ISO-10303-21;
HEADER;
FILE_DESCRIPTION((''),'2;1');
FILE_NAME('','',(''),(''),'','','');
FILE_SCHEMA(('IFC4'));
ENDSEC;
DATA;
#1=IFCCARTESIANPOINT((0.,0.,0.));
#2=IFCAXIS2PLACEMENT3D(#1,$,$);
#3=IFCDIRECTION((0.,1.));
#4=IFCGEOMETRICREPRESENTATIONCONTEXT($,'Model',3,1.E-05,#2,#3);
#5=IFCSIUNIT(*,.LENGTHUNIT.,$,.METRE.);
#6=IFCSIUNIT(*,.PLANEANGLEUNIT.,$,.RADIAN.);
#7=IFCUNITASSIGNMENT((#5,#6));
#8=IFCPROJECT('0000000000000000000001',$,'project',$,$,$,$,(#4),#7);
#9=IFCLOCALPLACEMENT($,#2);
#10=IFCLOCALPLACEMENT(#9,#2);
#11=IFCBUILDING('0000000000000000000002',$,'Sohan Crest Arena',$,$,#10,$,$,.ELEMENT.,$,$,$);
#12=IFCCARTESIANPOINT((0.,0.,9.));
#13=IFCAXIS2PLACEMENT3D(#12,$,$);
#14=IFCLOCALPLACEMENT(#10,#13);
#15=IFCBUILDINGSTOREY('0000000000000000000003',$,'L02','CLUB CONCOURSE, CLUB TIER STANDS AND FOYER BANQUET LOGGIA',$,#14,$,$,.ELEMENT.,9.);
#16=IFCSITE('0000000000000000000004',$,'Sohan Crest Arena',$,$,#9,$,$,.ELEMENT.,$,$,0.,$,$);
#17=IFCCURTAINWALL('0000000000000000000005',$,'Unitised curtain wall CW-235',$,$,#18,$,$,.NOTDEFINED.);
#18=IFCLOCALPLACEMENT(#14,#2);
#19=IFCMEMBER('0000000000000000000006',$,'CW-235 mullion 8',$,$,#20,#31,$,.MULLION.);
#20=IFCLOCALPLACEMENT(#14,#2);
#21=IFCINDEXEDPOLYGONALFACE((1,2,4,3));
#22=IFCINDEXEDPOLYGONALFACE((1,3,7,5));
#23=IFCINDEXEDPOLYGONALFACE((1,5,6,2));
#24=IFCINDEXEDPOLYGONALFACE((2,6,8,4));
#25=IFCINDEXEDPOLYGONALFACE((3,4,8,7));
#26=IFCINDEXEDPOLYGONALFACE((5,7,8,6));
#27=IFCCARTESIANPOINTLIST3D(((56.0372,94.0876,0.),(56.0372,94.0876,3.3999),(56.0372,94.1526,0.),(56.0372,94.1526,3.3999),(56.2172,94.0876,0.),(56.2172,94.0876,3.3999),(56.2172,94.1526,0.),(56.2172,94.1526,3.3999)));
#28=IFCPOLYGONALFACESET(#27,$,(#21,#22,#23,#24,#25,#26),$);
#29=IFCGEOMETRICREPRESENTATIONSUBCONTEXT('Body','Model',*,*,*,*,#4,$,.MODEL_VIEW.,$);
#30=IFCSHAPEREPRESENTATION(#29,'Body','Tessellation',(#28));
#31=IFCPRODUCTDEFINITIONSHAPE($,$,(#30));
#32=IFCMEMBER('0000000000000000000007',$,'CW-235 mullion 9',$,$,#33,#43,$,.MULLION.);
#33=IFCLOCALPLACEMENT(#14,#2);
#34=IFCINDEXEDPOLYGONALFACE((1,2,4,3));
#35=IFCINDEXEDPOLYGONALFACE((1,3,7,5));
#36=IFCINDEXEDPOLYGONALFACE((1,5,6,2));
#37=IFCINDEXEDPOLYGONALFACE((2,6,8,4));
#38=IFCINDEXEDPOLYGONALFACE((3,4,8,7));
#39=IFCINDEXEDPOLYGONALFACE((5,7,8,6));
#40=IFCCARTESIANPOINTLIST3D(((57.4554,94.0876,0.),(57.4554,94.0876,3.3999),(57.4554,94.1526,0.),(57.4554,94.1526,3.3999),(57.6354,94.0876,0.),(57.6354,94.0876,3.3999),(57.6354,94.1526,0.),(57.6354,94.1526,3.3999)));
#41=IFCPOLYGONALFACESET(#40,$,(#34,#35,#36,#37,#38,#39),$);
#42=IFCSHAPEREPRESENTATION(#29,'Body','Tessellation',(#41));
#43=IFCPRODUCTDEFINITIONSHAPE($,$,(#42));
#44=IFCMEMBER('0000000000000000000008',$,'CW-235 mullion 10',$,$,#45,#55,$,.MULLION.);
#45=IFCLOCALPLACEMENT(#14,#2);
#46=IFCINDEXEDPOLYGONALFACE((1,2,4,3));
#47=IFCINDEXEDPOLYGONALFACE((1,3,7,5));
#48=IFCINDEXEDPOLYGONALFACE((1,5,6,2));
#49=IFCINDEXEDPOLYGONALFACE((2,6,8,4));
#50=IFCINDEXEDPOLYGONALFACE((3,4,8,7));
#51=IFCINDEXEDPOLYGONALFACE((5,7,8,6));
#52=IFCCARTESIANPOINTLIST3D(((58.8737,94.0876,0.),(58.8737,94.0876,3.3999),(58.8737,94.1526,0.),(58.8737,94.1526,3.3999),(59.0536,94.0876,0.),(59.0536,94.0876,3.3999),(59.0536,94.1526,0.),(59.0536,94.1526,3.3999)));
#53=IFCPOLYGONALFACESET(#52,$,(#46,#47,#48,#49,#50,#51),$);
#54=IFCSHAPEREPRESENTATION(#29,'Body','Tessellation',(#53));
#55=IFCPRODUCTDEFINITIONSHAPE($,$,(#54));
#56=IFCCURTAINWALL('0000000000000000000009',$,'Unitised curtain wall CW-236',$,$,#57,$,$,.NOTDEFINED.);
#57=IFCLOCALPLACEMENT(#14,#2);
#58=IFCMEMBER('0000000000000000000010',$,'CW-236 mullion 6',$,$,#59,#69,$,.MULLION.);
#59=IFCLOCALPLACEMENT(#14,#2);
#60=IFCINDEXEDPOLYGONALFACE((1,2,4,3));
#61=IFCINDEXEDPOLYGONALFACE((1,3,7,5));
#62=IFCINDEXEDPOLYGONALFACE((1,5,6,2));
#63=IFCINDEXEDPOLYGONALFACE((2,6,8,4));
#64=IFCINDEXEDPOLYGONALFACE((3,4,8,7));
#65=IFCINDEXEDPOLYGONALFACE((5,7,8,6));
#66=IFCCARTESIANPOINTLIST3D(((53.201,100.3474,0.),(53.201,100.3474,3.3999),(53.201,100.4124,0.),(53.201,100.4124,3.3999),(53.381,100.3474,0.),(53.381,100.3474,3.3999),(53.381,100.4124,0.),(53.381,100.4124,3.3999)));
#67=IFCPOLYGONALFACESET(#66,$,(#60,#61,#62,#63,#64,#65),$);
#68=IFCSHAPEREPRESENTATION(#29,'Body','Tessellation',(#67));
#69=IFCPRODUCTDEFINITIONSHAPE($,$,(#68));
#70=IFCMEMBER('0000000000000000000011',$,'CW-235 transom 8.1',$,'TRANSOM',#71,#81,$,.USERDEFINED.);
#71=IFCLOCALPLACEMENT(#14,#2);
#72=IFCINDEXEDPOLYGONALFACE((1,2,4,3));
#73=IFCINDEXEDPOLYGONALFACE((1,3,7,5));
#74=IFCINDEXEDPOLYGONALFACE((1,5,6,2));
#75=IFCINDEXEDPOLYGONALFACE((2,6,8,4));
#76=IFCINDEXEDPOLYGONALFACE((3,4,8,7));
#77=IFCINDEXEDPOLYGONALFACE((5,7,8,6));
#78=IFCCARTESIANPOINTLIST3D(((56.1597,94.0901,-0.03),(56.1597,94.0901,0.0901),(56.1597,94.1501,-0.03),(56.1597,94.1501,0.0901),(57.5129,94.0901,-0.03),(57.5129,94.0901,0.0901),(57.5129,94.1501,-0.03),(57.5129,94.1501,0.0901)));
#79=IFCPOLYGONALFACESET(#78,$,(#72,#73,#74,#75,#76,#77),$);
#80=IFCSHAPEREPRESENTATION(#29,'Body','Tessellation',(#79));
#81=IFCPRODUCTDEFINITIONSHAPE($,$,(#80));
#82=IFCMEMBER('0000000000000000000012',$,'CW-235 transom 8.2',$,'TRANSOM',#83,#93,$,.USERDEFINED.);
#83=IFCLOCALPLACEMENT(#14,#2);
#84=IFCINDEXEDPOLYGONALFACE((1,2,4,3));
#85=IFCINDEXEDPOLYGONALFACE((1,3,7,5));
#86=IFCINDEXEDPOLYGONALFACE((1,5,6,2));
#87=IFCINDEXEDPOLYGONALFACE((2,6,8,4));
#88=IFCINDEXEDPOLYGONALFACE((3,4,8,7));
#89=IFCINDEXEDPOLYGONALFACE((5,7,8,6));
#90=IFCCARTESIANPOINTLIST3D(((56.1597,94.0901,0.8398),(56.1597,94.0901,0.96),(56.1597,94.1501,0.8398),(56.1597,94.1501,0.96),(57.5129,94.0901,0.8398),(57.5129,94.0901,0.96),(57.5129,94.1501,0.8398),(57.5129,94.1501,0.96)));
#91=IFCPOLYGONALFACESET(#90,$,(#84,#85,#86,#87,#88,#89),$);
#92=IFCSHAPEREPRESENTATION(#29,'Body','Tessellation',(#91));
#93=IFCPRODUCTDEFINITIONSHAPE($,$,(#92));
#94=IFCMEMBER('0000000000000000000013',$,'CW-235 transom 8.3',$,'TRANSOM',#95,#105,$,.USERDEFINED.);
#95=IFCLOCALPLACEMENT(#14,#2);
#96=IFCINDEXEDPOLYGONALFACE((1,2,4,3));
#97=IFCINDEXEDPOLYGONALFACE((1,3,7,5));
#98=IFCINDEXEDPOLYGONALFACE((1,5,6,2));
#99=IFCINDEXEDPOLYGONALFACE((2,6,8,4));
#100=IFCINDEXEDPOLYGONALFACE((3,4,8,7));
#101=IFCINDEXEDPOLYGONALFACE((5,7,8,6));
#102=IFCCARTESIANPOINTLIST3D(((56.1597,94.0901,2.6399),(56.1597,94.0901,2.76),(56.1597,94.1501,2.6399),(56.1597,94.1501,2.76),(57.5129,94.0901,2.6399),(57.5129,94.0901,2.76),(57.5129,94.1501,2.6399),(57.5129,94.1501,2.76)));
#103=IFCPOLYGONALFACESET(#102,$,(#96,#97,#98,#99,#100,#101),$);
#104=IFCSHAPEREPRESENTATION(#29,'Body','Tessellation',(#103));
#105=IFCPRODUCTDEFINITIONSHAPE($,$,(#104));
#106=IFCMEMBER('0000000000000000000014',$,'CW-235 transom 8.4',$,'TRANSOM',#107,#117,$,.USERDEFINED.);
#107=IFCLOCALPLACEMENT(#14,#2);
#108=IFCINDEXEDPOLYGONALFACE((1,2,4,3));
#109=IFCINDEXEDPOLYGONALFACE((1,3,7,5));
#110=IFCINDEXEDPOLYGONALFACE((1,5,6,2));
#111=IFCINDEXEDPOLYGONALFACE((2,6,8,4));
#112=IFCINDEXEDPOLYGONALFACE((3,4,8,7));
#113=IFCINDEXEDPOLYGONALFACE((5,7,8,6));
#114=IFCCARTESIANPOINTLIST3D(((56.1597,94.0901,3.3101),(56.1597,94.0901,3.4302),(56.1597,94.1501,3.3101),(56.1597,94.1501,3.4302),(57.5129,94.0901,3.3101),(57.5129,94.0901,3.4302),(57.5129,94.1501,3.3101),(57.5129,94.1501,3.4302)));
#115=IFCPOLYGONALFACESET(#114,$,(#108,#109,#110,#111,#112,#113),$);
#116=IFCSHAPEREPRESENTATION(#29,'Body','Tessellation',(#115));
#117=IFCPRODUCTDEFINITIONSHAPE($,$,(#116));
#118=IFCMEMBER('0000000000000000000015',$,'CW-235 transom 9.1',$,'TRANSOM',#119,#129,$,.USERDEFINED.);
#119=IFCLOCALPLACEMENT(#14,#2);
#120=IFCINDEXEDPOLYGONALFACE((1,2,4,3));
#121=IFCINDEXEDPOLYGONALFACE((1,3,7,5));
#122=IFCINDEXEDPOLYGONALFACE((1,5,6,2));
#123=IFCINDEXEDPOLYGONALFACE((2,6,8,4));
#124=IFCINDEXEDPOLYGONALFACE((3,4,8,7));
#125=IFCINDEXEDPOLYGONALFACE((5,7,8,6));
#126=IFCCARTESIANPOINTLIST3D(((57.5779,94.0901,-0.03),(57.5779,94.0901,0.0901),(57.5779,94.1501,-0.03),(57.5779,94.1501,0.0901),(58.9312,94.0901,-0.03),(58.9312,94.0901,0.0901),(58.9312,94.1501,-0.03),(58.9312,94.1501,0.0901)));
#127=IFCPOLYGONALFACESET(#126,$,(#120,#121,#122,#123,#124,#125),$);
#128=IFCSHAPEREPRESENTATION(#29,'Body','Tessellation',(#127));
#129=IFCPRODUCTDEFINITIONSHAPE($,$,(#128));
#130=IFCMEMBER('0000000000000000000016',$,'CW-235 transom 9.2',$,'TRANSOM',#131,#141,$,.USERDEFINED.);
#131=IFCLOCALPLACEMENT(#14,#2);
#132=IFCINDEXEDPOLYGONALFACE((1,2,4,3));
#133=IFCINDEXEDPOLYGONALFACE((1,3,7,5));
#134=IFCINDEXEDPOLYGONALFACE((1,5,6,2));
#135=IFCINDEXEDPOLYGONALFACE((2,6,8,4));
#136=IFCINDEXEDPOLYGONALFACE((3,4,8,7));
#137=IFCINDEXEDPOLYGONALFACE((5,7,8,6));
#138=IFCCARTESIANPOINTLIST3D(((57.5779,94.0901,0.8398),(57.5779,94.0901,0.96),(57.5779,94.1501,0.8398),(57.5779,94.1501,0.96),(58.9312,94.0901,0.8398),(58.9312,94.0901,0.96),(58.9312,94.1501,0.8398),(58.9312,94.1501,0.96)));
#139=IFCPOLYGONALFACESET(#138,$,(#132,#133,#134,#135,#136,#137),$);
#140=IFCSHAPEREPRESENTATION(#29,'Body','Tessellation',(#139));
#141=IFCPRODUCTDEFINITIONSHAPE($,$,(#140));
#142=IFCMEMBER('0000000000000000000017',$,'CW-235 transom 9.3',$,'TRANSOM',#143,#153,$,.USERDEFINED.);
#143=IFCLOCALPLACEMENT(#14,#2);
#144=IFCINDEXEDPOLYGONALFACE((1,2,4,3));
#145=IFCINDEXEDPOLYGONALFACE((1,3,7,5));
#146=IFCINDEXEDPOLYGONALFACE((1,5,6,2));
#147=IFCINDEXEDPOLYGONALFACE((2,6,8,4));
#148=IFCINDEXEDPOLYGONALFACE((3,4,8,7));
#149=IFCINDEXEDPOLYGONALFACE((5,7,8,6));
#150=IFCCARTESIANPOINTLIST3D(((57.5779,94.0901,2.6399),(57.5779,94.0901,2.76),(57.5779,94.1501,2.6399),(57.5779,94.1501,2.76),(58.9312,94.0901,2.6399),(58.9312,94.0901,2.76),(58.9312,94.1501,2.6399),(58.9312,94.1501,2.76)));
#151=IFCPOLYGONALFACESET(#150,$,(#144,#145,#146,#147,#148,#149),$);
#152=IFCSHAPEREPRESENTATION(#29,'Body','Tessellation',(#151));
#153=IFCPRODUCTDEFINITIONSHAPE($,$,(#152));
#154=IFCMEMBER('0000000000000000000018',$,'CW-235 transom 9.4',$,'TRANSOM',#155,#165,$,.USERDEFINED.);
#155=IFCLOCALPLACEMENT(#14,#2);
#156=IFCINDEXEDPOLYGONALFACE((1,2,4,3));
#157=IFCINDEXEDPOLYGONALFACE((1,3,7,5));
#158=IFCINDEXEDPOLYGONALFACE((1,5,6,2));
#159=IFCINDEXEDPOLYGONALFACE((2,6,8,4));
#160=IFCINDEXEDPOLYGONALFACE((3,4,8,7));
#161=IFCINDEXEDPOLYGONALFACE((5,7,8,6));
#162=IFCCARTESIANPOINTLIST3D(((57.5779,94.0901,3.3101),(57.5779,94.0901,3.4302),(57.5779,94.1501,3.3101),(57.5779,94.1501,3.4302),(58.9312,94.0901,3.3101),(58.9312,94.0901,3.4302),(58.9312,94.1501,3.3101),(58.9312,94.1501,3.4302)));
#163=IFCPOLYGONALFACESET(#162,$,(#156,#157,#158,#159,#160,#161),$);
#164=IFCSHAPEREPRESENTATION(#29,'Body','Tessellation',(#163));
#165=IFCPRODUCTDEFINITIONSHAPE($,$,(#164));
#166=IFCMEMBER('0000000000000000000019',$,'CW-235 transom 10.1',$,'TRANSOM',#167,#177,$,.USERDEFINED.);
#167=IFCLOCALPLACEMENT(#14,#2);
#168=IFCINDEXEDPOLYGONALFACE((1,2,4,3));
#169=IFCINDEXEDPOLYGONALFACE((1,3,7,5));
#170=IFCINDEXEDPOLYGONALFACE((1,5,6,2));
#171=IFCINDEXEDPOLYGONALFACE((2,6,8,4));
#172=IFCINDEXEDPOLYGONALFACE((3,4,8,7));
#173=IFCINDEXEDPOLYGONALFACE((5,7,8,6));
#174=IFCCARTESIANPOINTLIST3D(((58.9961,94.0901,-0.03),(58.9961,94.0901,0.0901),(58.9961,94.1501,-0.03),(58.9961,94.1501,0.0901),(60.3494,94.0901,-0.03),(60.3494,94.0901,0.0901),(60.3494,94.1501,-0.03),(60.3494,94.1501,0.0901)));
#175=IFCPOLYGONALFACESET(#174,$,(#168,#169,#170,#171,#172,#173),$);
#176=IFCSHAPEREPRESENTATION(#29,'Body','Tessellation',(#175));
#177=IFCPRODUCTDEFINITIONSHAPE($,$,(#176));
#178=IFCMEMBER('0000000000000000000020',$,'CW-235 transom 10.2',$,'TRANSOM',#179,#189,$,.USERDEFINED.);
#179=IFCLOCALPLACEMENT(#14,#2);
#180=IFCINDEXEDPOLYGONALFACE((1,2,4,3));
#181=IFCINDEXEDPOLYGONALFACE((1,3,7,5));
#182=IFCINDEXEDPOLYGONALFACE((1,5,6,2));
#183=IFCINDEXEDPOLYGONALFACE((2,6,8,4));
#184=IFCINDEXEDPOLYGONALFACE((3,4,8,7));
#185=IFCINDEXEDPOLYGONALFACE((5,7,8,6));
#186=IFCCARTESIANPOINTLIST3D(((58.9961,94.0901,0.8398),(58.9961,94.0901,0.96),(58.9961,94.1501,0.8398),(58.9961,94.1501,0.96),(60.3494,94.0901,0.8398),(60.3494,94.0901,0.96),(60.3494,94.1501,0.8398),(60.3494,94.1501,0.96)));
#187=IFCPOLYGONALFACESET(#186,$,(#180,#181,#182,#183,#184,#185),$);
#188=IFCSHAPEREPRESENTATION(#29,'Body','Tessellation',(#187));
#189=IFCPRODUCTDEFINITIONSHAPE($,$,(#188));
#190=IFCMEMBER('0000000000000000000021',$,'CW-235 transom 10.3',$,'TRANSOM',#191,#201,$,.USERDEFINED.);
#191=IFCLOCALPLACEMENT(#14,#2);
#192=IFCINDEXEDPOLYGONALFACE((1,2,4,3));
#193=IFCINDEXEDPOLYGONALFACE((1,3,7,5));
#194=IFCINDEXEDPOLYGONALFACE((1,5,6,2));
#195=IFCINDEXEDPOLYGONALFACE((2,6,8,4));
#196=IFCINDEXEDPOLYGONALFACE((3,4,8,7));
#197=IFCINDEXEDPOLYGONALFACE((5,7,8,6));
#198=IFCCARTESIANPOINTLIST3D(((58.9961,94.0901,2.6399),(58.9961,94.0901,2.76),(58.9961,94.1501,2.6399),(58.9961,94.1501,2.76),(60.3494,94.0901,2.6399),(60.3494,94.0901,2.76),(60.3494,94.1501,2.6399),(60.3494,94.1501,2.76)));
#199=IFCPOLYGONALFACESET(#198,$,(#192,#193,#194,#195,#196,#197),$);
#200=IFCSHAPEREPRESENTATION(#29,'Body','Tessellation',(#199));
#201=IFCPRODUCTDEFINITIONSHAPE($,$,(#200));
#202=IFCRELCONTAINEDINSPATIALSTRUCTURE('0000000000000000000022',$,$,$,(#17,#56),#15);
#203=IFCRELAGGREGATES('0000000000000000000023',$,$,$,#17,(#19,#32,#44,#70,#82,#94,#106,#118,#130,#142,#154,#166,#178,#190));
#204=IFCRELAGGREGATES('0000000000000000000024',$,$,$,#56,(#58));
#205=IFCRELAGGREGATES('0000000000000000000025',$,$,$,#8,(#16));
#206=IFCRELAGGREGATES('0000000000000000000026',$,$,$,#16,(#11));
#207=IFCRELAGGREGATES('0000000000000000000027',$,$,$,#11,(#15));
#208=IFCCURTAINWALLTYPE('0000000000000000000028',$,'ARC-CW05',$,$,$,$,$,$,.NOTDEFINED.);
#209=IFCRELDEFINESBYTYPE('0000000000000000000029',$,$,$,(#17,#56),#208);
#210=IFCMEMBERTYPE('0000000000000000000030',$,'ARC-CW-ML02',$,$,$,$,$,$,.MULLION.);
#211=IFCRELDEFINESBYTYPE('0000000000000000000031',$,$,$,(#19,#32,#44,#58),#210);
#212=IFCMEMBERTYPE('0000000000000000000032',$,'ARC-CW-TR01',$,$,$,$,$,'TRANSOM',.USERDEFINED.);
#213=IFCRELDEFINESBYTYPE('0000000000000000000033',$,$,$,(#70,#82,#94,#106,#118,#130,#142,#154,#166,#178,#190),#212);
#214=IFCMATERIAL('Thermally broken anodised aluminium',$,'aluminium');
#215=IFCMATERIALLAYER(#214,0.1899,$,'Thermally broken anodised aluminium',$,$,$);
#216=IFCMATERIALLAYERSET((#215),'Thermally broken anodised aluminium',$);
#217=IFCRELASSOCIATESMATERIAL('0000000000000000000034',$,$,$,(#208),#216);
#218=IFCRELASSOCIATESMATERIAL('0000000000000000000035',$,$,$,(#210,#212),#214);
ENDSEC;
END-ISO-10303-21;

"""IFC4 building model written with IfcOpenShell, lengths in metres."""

from ifc_helpers import new_model, si_unit, direction, frame, origin, origin_2d, place, context, subcontext, project, spatial, rectangle, extrude, material, layer, layer_set, material_profile, profile_set, type_object, element, aggregate, save


model = new_model("IFC4")

# Units and contexts
model_context = context("Model", 3, precision=1e-05, world=origin(), true_north=direction((0.0, 1.0)))
body_context = subcontext(model_context, "Body", "Model", "MODEL_VIEW")
ifc_project = project(units=[si_unit("LENGTHUNIT", "METRE"), si_unit("PLANEANGLEUNIT", "RADIAN")], contexts=[model_context])

# Site, building, storey
site_placement = place(None, origin())
site = spatial("IfcSite", under=ifc_project, at=site_placement, Name="Sohan Crest Arena", CompositionType="ELEMENT", RefElevation=0.0)
building_placement = place(site_placement, origin())
building = spatial("IfcBuilding", under=site, at=building_placement, Name="Sohan Crest Arena", CompositionType="ELEMENT")
storey_placement = place(building_placement, frame((0.0, 0.0, 9.0)))
storey = spatial("IfcBuildingStorey", under=building, at=storey_placement, Name="L02", Description="CLUB CONCOURSE, CLUB TIER STANDS AND FOYER BANQUET LOGGIA", CompositionType="ELEMENT", Elevation=9.0)

# Curtain wall, members
ifc_material_1 = material(Name="Thermally broken anodised aluminium", Category="aluminium")
ifc_layer_1 = layer(ifc_material_1, 0.1899, Name="Thermally broken anodised aluminium")
ifc_layer_set_1 = layer_set([ifc_layer_1], Name="Thermally broken anodised aluminium")
curtain_wall_type = type_object("IfcCurtainWallType", Name="ARC-CW05", PredefinedType="NOTDEFINED", material=ifc_layer_set_1)
curtain_wall_1_placement = place(storey_placement, origin())
curtain_wall_1 = element("IfcCurtainWall", 1, at=curtain_wall_1_placement, inside=storey, type_object=curtain_wall_type, Name="Unitised curtain wall CW-235", PredefinedType="NOTDEFINED")
ifc_material_profile_1 = material_profile(ifc_material_1, rectangle(XDim=0.0649, YDim=0.1799, at=origin_2d()), Name="ALU-MULL 65x180")
ifc_profile_set_1 = profile_set([ifc_material_profile_1], Name="Thermally broken anodised aluminium")
member_type_1 = type_object("IfcMemberType", Name="ARC-CW-ML02", PredefinedType="MULLION", material=ifc_profile_set_1)
member_1_placement = place(storey_placement, frame((56.1272, 94.1201, 0.0), z_axis=(0.0, 0.0, 1.0), x_axis=(0.0, 1.0, 0.0)))
member_1 = element("IfcMember", 2, at=member_1_placement, type_object=member_type_1, Name="CW-235 mullion 8", PredefinedType="MULLION", context=body_context, shape_type="SweptSolid", body=[
    extrude(rectangle(XDim=0.0649, YDim=0.1799, at=origin_2d()), origin(), (0.0, 0.0, 1.0), 3.3999),
])
member_2_placement = place(storey_placement, frame((57.5454, 94.1201, 0.0), z_axis=(0.0, 0.0, 1.0), x_axis=(0.0, 1.0, 0.0)))
member_2 = element("IfcMember", 3, at=member_2_placement, type_object=member_type_1, Name="CW-235 mullion 9", PredefinedType="MULLION", context=body_context, shape_type="SweptSolid", body=[
    extrude(rectangle(XDim=0.0649, YDim=0.1799, at=origin_2d()), origin(), (0.0, 0.0, 1.0), 3.3999),
])
member_3_placement = place(storey_placement, frame((58.9636, 94.1201, 0.0), z_axis=(0.0, 0.0, 1.0), x_axis=(0.0, 1.0, 0.0)))
member_3 = element("IfcMember", 4, at=member_3_placement, type_object=member_type_1, Name="CW-235 mullion 10", PredefinedType="MULLION", context=body_context, shape_type="SweptSolid", body=[
    extrude(rectangle(XDim=0.0649, YDim=0.1799, at=origin_2d()), origin(), (0.0, 0.0, 1.0), 3.3999),
])

# Curtain wall, member
curtain_wall_2_placement = place(storey_placement, origin())
curtain_wall_2 = element("IfcCurtainWall", 5, at=curtain_wall_2_placement, inside=storey, type_object=curtain_wall_type, Name="Unitised curtain wall CW-236", PredefinedType="NOTDEFINED")
member_4_placement = place(storey_placement, frame((53.291, 100.3799, 0.0), z_axis=(0.0, 0.0, 1.0), x_axis=(0.0, 1.0, 0.0)))
member_4 = element("IfcMember", 6, at=member_4_placement, type_object=member_type_1, Name="CW-236 mullion 6", PredefinedType="MULLION", context=body_context, shape_type="SweptSolid", body=[
    extrude(rectangle(XDim=0.0649, YDim=0.1799, at=origin_2d()), origin(), (0.0, 0.0, 1.0), 3.3999),
])

# Members
ifc_material_profile_2 = material_profile(ifc_material_1, rectangle(XDim=0.0601, YDim=0.1201, at=origin_2d()), Name="ALU-TRAN 60x120")
ifc_profile_set_2 = profile_set([ifc_material_profile_2], Name="Thermally broken anodised aluminium")
member_type_2 = type_object("IfcMemberType", Name="ARC-CW-TR01", ElementType="TRANSOM", PredefinedType="USERDEFINED", material=ifc_profile_set_2)
member_5_placement = place(storey_placement, frame((56.1597, 94.1201, 0.03), z_axis=(1.0, 0.0, 0.0), x_axis=(0.0, 1.0, 0.0)))
member_5 = element("IfcMember", 7, at=member_5_placement, type_object=member_type_2, Name="CW-235 transom 8.1", ObjectType="TRANSOM", PredefinedType="USERDEFINED", context=body_context, shape_type="SweptSolid", body=[
    extrude(rectangle(XDim=0.0601, YDim=0.1201, at=origin_2d()), origin(), (0.0, 0.0, 1.0), 1.3533),
])
member_6_placement = place(storey_placement, frame((56.1597, 94.1201, 0.8999), z_axis=(1.0, 0.0, 0.0), x_axis=(0.0, 1.0, 0.0)))
member_6 = element("IfcMember", 8, at=member_6_placement, type_object=member_type_2, Name="CW-235 transom 8.2", ObjectType="TRANSOM", PredefinedType="USERDEFINED", context=body_context, shape_type="SweptSolid", body=[
    extrude(rectangle(XDim=0.0601, YDim=0.1201, at=origin_2d()), origin(), (0.0, 0.0, 1.0), 1.3533),
])
member_7_placement = place(storey_placement, frame((56.1597, 94.1201, 2.7), z_axis=(1.0, 0.0, 0.0), x_axis=(0.0, 1.0, 0.0)))
member_7 = element("IfcMember", 9, at=member_7_placement, type_object=member_type_2, Name="CW-235 transom 8.3", ObjectType="TRANSOM", PredefinedType="USERDEFINED", context=body_context, shape_type="SweptSolid", body=[
    extrude(rectangle(XDim=0.0601, YDim=0.1201, at=origin_2d()), origin(), (0.0, 0.0, 1.0), 1.3533),
])
member_8_placement = place(storey_placement, frame((56.1597, 94.1201, 3.3701), z_axis=(1.0, 0.0, 0.0), x_axis=(0.0, 1.0, 0.0)))
member_8 = element("IfcMember", 10, at=member_8_placement, type_object=member_type_2, Name="CW-235 transom 8.4", ObjectType="TRANSOM", PredefinedType="USERDEFINED", context=body_context, shape_type="SweptSolid", body=[
    extrude(rectangle(XDim=0.0601, YDim=0.1201, at=origin_2d()), origin(), (0.0, 0.0, 1.0), 1.3533),
])
member_9_placement = place(storey_placement, frame((57.5779, 94.1201, 0.03), z_axis=(1.0, 0.0, 0.0), x_axis=(0.0, 1.0, 0.0)))
member_9 = element("IfcMember", 11, at=member_9_placement, type_object=member_type_2, Name="CW-235 transom 9.1", ObjectType="TRANSOM", PredefinedType="USERDEFINED", context=body_context, shape_type="SweptSolid", body=[
    extrude(rectangle(XDim=0.0601, YDim=0.1201, at=origin_2d()), origin(), (0.0, 0.0, 1.0), 1.3533),
])
member_10_placement = place(storey_placement, frame((57.5779, 94.1201, 0.8999), z_axis=(1.0, 0.0, 0.0), x_axis=(0.0, 1.0, 0.0)))
member_10 = element("IfcMember", 12, at=member_10_placement, type_object=member_type_2, Name="CW-235 transom 9.2", ObjectType="TRANSOM", PredefinedType="USERDEFINED", context=body_context, shape_type="SweptSolid", body=[
    extrude(rectangle(XDim=0.0601, YDim=0.1201, at=origin_2d()), origin(), (0.0, 0.0, 1.0), 1.3533),
])
member_11_placement = place(storey_placement, frame((57.5779, 94.1201, 2.7), z_axis=(1.0, 0.0, 0.0), x_axis=(0.0, 1.0, 0.0)))
member_11 = element("IfcMember", 13, at=member_11_placement, type_object=member_type_2, Name="CW-235 transom 9.3", ObjectType="TRANSOM", PredefinedType="USERDEFINED", context=body_context, shape_type="SweptSolid", body=[
    extrude(rectangle(XDim=0.0601, YDim=0.1201, at=origin_2d()), origin(), (0.0, 0.0, 1.0), 1.3533),
])
member_12_placement = place(storey_placement, frame((57.5779, 94.1201, 3.3701), z_axis=(1.0, 0.0, 0.0), x_axis=(0.0, 1.0, 0.0)))
member_12 = element("IfcMember", 14, at=member_12_placement, type_object=member_type_2, Name="CW-235 transom 9.4", ObjectType="TRANSOM", PredefinedType="USERDEFINED", context=body_context, shape_type="SweptSolid", body=[
    extrude(rectangle(XDim=0.0601, YDim=0.1201, at=origin_2d()), origin(), (0.0, 0.0, 1.0), 1.3533),
])
member_13_placement = place(storey_placement, frame((58.9961, 94.1201, 0.03), z_axis=(1.0, 0.0, 0.0), x_axis=(0.0, 1.0, 0.0)))
member_13 = element("IfcMember", 15, at=member_13_placement, type_object=member_type_2, Name="CW-235 transom 10.1", ObjectType="TRANSOM", PredefinedType="USERDEFINED", context=body_context, shape_type="SweptSolid", body=[
    extrude(rectangle(XDim=0.0601, YDim=0.1201, at=origin_2d()), origin(), (0.0, 0.0, 1.0), 1.3533),
])
member_14_placement = place(storey_placement, frame((58.9961, 94.1201, 0.8999), z_axis=(1.0, 0.0, 0.0), x_axis=(0.0, 1.0, 0.0)))
member_14 = element("IfcMember", 16, at=member_14_placement, type_object=member_type_2, Name="CW-235 transom 10.2", ObjectType="TRANSOM", PredefinedType="USERDEFINED", context=body_context, shape_type="SweptSolid", body=[
    extrude(rectangle(XDim=0.0601, YDim=0.1201, at=origin_2d()), origin(), (0.0, 0.0, 1.0), 1.3533),
])
member_15_placement = place(storey_placement, frame((58.9961, 94.1201, 2.7), z_axis=(1.0, 0.0, 0.0), x_axis=(0.0, 1.0, 0.0)))
member_15 = element("IfcMember", 17, at=member_15_placement, type_object=member_type_2, Name="CW-235 transom 10.3", ObjectType="TRANSOM", PredefinedType="USERDEFINED", context=body_context, shape_type="SweptSolid", body=[
    extrude(rectangle(XDim=0.0601, YDim=0.1201, at=origin_2d()), origin(), (0.0, 0.0, 1.0), 1.3533),
])

aggregate(curtain_wall_1, [member_1, member_2, member_3, member_5, member_6, member_7, member_8, member_9, member_10, member_11, member_12, member_13, member_14, member_15])
aggregate(curtain_wall_2, [member_4])

save(model, "model.ifc")
